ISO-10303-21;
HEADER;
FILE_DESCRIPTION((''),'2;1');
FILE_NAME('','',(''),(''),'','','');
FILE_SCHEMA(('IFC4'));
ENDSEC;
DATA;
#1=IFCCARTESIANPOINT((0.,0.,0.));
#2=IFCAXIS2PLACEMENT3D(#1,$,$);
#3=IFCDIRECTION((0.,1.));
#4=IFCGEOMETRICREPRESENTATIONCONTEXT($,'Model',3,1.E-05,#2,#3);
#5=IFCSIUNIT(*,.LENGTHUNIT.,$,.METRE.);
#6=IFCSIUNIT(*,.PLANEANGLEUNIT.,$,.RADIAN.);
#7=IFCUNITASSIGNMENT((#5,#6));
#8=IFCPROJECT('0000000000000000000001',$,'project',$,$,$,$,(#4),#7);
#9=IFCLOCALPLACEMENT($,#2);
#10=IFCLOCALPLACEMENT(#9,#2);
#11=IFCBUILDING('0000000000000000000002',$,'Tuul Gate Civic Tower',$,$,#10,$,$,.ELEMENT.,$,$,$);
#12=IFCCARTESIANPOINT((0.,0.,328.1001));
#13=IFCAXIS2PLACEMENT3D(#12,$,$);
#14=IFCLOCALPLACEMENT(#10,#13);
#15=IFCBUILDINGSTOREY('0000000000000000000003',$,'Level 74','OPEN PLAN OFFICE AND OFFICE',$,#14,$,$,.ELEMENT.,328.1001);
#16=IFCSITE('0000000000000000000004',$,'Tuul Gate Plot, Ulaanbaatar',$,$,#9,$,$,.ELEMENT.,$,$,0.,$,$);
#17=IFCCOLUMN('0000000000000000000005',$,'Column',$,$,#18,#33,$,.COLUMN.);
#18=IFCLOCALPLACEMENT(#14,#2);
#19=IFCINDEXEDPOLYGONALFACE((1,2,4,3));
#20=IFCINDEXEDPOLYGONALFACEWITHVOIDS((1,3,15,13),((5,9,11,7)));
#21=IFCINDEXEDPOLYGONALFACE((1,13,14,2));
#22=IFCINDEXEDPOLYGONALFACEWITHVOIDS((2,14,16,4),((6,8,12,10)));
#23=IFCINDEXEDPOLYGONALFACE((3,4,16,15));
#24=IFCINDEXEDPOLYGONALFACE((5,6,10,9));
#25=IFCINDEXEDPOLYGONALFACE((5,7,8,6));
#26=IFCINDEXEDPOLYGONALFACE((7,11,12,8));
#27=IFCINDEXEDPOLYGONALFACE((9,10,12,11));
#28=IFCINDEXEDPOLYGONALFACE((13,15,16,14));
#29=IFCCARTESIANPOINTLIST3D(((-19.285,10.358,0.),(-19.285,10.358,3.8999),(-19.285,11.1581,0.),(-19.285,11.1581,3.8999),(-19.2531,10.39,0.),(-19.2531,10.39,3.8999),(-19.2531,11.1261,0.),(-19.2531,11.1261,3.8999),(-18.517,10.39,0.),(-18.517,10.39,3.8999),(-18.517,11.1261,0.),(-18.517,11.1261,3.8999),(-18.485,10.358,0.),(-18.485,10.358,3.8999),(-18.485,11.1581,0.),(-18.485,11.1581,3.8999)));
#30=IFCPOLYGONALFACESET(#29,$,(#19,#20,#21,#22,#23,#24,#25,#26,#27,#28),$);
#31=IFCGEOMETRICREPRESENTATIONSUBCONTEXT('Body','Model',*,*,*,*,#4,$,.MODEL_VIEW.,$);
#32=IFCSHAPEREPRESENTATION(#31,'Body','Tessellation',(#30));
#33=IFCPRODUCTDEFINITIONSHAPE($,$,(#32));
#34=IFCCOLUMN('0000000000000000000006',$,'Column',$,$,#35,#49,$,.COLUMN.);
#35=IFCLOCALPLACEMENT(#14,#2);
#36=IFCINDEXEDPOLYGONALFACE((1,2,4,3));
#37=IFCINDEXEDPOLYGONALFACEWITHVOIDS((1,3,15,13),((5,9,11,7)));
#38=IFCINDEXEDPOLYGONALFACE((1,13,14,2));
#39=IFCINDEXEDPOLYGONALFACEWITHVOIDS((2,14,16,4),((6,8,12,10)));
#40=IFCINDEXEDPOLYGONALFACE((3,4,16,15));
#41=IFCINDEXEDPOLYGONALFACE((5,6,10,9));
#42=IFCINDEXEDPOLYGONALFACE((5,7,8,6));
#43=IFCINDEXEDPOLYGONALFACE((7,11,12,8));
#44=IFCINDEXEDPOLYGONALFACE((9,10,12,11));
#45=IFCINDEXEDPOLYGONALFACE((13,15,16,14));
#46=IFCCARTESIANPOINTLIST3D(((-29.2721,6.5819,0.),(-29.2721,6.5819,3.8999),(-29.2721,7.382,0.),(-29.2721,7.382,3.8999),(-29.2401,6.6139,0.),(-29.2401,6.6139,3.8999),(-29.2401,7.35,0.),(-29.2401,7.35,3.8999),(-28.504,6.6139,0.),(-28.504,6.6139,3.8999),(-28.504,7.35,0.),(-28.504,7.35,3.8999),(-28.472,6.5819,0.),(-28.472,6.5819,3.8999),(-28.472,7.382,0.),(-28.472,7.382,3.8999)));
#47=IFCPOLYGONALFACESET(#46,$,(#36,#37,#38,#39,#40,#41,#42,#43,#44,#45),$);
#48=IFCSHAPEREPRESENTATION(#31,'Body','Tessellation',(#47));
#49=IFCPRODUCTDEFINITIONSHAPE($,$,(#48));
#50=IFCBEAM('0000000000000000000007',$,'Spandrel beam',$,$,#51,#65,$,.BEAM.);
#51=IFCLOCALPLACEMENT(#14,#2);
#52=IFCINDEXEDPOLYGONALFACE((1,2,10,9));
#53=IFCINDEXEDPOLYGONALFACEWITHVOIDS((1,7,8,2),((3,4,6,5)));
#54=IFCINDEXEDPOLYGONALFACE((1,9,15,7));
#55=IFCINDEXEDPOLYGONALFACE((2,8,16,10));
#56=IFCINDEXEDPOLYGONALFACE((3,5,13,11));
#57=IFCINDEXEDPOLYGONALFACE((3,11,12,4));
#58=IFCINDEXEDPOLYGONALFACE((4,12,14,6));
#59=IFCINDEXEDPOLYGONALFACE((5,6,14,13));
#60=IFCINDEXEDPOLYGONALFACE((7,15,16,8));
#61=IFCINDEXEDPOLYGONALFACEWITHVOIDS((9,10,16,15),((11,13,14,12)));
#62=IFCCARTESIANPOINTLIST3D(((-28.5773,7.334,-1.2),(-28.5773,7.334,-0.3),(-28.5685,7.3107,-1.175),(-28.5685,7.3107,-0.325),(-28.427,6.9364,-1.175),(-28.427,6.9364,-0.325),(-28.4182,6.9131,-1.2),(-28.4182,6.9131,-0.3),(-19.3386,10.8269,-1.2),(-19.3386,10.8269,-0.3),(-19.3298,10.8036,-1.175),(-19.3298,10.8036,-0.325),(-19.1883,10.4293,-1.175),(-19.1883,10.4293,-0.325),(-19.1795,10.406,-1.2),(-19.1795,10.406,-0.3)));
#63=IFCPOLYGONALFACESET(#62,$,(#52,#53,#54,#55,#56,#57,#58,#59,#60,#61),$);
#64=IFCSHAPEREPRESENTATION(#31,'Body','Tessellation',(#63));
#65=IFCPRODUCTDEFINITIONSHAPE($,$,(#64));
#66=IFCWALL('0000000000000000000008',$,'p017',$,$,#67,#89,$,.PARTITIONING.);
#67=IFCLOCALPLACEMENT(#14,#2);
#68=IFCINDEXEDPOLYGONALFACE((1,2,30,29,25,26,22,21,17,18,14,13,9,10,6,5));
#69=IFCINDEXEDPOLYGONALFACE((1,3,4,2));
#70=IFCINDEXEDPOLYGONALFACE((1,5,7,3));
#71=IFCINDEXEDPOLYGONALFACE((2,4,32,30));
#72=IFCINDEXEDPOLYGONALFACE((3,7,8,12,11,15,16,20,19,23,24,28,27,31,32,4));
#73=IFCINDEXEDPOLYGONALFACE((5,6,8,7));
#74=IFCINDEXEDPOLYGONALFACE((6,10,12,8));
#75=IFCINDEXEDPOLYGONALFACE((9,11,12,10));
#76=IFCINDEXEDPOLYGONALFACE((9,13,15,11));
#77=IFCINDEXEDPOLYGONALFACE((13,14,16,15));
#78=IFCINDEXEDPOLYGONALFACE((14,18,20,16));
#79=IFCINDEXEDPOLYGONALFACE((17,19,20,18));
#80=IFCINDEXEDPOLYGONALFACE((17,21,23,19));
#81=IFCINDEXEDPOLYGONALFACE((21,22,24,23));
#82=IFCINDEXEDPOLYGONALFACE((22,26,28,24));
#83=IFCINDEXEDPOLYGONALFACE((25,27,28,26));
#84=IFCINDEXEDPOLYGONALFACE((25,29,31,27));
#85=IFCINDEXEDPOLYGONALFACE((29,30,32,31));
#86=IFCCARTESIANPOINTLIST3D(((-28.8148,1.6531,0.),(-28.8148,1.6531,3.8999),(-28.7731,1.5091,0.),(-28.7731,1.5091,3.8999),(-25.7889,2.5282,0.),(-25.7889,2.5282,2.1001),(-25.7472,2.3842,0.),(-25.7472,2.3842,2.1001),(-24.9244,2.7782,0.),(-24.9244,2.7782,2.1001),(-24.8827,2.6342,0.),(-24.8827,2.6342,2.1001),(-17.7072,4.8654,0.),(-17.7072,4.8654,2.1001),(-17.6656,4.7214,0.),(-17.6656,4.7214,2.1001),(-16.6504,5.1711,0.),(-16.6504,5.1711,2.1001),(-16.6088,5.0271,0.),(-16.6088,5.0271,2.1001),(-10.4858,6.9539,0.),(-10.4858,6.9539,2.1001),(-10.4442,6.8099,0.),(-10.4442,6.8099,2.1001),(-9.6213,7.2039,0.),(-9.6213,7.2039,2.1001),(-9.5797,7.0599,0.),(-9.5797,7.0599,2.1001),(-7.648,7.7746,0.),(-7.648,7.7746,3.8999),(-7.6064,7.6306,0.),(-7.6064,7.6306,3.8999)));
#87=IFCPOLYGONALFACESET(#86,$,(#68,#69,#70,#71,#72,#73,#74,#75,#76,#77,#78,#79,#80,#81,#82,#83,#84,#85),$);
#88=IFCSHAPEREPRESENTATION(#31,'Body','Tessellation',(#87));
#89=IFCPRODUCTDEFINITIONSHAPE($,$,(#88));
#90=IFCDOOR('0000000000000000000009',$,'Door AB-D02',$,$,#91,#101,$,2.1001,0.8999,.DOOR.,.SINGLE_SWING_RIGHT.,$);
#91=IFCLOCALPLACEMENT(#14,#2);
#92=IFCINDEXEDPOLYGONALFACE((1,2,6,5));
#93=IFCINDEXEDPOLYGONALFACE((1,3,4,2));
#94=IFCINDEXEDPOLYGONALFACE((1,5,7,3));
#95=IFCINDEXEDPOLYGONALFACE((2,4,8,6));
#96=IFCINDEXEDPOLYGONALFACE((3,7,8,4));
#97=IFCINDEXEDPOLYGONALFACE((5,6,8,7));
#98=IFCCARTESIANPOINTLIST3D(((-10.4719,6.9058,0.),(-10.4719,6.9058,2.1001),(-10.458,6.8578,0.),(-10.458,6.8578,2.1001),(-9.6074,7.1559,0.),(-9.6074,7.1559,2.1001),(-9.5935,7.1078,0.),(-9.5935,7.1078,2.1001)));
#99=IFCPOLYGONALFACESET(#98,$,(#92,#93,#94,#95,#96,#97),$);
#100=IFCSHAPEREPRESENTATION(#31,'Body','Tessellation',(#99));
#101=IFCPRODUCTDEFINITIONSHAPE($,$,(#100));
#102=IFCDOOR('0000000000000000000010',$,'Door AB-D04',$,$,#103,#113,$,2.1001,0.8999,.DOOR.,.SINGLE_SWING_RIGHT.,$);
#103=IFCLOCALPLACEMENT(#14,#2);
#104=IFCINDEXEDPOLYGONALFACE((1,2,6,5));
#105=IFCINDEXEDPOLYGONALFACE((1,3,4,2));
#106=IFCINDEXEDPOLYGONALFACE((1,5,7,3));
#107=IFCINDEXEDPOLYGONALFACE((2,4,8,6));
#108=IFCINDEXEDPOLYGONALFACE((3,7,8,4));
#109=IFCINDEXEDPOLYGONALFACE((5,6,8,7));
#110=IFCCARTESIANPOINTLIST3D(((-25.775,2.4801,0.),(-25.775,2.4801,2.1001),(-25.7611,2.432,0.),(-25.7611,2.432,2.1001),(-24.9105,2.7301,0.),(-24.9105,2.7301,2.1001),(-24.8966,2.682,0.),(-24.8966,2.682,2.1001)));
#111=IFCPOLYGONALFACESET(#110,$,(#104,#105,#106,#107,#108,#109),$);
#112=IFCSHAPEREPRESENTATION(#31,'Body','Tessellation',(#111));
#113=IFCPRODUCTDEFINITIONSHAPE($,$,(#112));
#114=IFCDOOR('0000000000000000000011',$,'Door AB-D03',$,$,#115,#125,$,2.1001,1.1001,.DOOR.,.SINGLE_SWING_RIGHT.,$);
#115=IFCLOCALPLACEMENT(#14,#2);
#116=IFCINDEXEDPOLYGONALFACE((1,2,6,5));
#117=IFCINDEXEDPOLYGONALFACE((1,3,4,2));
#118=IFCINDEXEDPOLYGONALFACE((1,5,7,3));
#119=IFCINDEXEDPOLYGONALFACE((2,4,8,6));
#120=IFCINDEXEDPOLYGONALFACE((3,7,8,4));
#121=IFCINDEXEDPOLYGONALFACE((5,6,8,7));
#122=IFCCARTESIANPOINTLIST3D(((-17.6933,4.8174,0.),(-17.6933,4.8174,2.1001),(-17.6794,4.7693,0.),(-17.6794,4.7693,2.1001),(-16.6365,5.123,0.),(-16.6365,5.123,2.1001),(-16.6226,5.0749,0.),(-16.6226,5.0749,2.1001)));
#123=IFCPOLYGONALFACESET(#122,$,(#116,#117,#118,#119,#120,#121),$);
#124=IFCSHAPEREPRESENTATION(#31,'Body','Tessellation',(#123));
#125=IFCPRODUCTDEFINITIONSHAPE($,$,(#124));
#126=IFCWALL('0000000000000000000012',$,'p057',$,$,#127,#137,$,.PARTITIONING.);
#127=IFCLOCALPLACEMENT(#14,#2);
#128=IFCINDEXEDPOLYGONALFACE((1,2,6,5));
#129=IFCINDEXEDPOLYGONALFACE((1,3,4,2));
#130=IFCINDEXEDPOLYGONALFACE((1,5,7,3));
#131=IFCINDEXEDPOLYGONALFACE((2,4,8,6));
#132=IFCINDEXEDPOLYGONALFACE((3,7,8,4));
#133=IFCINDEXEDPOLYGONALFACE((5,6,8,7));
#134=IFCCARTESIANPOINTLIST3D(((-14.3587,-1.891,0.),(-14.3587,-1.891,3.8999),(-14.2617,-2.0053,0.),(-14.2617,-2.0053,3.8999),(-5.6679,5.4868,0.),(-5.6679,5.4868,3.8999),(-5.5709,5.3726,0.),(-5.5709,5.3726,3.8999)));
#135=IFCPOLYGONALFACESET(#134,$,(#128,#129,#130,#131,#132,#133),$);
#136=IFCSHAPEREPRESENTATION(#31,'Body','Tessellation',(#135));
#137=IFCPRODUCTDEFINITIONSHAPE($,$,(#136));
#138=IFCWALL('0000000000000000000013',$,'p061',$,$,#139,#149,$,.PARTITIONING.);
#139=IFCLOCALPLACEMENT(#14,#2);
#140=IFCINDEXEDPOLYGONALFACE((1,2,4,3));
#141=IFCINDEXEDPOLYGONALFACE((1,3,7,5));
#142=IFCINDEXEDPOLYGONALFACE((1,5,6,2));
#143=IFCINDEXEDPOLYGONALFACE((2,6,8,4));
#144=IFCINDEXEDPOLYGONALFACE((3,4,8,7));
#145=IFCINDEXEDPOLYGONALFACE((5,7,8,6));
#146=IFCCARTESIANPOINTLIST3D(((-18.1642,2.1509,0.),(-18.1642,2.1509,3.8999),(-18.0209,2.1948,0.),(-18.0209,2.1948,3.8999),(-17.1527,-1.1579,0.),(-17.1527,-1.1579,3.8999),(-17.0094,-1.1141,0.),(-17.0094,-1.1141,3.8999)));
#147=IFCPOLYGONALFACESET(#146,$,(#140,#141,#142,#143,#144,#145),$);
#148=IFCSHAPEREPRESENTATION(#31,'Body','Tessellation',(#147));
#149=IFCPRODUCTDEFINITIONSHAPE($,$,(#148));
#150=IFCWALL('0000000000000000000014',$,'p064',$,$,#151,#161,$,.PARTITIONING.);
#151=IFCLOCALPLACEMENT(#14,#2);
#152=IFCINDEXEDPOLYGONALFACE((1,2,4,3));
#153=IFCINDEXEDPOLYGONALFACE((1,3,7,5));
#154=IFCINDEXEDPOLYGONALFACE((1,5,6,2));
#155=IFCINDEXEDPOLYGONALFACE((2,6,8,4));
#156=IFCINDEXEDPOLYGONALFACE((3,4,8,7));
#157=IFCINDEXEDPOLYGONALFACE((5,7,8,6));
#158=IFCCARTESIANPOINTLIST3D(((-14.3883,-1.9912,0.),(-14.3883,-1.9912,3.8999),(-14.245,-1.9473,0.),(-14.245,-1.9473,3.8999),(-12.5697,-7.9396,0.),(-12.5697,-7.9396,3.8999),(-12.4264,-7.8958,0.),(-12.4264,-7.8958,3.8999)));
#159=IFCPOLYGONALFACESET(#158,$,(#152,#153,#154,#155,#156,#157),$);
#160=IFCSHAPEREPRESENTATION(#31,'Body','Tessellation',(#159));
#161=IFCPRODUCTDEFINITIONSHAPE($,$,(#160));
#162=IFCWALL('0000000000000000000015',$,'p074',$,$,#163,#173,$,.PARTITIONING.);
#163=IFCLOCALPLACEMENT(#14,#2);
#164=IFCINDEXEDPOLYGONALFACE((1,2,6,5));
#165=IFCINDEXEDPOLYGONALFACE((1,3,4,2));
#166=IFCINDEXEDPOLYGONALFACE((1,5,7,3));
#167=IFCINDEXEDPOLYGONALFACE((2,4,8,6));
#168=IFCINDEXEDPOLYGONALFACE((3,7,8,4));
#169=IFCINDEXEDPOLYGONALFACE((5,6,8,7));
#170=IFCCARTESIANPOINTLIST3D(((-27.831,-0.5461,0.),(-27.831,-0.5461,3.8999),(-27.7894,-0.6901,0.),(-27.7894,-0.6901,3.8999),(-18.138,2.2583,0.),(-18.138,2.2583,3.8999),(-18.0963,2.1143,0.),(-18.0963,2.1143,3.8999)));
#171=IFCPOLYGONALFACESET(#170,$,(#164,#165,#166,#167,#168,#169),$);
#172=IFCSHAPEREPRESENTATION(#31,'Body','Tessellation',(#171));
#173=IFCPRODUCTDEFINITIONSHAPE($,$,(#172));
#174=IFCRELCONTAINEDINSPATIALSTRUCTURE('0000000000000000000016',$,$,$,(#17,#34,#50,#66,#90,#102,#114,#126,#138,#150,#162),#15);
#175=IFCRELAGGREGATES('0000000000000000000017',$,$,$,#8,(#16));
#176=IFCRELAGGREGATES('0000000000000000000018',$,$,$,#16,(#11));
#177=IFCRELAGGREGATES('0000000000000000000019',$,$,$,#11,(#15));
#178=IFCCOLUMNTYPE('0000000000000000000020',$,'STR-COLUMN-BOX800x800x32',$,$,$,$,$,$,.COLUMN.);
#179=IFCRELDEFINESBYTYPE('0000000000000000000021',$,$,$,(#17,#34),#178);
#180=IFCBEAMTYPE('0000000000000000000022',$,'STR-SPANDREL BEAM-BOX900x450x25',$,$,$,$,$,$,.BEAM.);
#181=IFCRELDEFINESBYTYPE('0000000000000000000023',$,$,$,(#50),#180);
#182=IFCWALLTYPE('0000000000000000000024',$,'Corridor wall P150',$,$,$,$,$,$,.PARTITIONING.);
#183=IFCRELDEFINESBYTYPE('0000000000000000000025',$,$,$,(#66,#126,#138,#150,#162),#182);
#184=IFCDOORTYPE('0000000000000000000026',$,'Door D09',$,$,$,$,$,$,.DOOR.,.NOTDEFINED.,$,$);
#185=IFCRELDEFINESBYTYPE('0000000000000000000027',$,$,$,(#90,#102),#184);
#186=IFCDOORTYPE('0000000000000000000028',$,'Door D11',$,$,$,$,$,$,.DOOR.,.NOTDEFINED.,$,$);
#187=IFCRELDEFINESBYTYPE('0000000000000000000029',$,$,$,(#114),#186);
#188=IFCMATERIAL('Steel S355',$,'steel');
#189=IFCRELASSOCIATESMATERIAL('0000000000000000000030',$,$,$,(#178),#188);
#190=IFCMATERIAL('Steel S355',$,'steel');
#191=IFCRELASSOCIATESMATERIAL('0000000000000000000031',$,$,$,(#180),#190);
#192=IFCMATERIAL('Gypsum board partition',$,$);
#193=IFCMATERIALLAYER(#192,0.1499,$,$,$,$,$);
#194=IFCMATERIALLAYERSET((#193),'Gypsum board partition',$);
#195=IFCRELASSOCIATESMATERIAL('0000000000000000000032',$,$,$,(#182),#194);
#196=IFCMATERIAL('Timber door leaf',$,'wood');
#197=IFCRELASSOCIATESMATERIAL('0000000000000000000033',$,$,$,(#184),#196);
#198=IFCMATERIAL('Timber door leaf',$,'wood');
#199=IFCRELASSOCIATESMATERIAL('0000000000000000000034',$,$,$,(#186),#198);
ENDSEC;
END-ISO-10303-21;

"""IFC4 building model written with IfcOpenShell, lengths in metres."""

from ifc_helpers import new_model, si_unit, direction, frame, frame_2d, origin, origin_2d, place, context, subcontext, project, spatial, rectangle, hollow_rectangle, extrude, material, layer, layer_set, material_profile, profile_set, type_object, element, fill, save


model = new_model("IFC4")

# Units and contexts
model_context = context("Model", 3, precision=1e-05, world=origin(), true_north=direction((0.0, 1.0)))
body_context = subcontext(model_context, "Body", "Model", "MODEL_VIEW")
ifc_project = project(units=[si_unit("LENGTHUNIT", "METRE"), si_unit("PLANEANGLEUNIT", "RADIAN")], contexts=[model_context])

# Site, building, storey
site_placement = place(None, origin())
site = spatial("IfcSite", under=ifc_project, at=site_placement, Name="Tuul Gate Plot, Ulaanbaatar", CompositionType="ELEMENT", RefElevation=0.0)
building_placement = place(site_placement, origin())
building = spatial("IfcBuilding", under=site, at=building_placement, Name="Tuul Gate Civic Tower", CompositionType="ELEMENT")
storey_placement = place(building_placement, frame((0.0, 0.0, 328.1001)))
storey = spatial("IfcBuildingStorey", under=building, at=storey_placement, Name="Level 74", Description="OPEN PLAN OFFICE AND OFFICE", CompositionType="ELEMENT", Elevation=328.1001)

# Columns
ifc_material_1 = material(Name="Steel S355", Category="steel")
ifc_material_profile_1 = material_profile(ifc_material_1, hollow_rectangle(XDim=0.8, YDim=0.8, WallThickness=0.032, at=origin_2d()), Name="BOX800x800x32")
ifc_profile_set_1 = profile_set([ifc_material_profile_1], Name="Steel S355")
column_type = type_object("IfcColumnType", Name="STR-COLUMN-BOX800x800x32", PredefinedType="COLUMN", material=ifc_profile_set_1)
for number, where, z_axis, x_axis, name in (
    (1, (-18.885, 10.7581, 0.0), (0.0, 0.0, 1.0), (1.0, 0.0, 0.0), "Column"),
    (2, (-28.8721, 6.9819, 0.0), (0.0, 0.0, 1.0), (1.0, 0.0, 0.0), "Column"),
):
    element("IfcColumn", number, at=place(storey_placement, frame(where, z_axis=z_axis, x_axis=x_axis)), inside=storey, type_object=column_type, Name=name, PredefinedType="COLUMN", context=body_context, shape_type="SweptSolid", body=[
        extrude(hollow_rectangle(XDim=0.8, YDim=0.8, WallThickness=0.032, at=origin_2d()), origin(), (0.0, 0.0, 1.0), 3.8999),
    ])

# Beam
ifc_material_2 = material(Name="Steel S355", Category="steel")
ifc_material_profile_2 = material_profile(ifc_material_2, hollow_rectangle(XDim=0.45, YDim=0.8999, WallThickness=0.0249, at=origin_2d()), Name="BOX900x450x25")
ifc_profile_set_2 = profile_set([ifc_material_profile_2], Name="Steel S355")
beam_type = type_object("IfcBeamType", Name="STR-SPANDREL BEAM-BOX900x450x25", PredefinedType="BEAM", material=ifc_profile_set_2)
beam_placement = place(storey_placement, frame((-19.259, 10.6165, -0.75), z_axis=(-0.935381, -0.353641, 0.0), x_axis=(0.353641, -0.935381, 0.0)))
element("IfcBeam", 3, at=beam_placement, inside=storey, type_object=beam_type, Name="Spandrel beam", PredefinedType="BEAM", context=body_context, shape_type="SweptSolid", body=[
    extrude(hollow_rectangle(XDim=0.45, YDim=0.8999, WallThickness=0.0249, at=origin_2d()), origin(), (0.0, 0.0, 1.0), 9.877),
])

# Wall, openings, doors
ifc_material_3 = material(Name="Gypsum board partition")
ifc_layer_1 = layer(ifc_material_3, 0.1499)
ifc_layer_set_1 = layer_set([ifc_layer_1], Name="Gypsum board partition")
wall_type_1 = type_object("IfcWallType", Name="Corridor wall P150", PredefinedType="PARTITIONING", material=ifc_layer_set_1)
wall_1_placement = place(storey_placement, frame((-28.7939, 1.5811, 0.0), z_axis=(0.0, 0.0, 1.0), x_axis=(0.960633, 0.277822, 0.0)))
wall_1 = element("IfcWall", 4, at=wall_1_placement, inside=storey, type_object=wall_type_1, Name="p017", PredefinedType="PARTITIONING", context=body_context, shape_type="SweptSolid", body=[
    extrude(rectangle(XDim=22.0342, YDim=0.1499, at=frame_2d((11.0171, 0.0))), origin(), (0.0, 0.0, 1.0), 3.8999),
])
opening_1_placement = place(wall_1_placement, frame((19.0801, 0.0, 0.0)))
opening_1 = element("IfcOpeningElement", 5, at=opening_1_placement, cuts=wall_1, PredefinedType="OPENING", context=body_context, shape_type="SweptSolid", body=[
    extrude(rectangle(XDim=0.8999, YDim=2.1001, at=frame_2d((0.45, 1.05))), frame((0.0, 0.085, 0.0), z_axis=(0.0, -1.0, 0.0), x_axis=(1.0, 0.0, 0.0)), (0.0, 0.0, 1.0), 0.1699),
])
opening_2_placement = place(wall_1_placement, frame((11.5627, 0.0, 0.0)))
opening_2 = element("IfcOpeningElement", 6, at=opening_2_placement, cuts=wall_1, PredefinedType="OPENING", context=body_context, shape_type="SweptSolid", body=[
    extrude(rectangle(XDim=1.1001, YDim=2.1001, at=frame_2d((0.55, 1.05))), frame((0.0, 0.085, 0.0), z_axis=(0.0, -1.0, 0.0), x_axis=(1.0, 0.0, 0.0)), (0.0, 0.0, 1.0), 0.1699),
])
opening_3_placement = place(wall_1_placement, frame((3.1499, 0.0, 0.0)))
opening_3 = element("IfcOpeningElement", 7, at=opening_3_placement, cuts=wall_1, PredefinedType="OPENING", context=body_context, shape_type="SweptSolid", body=[
    extrude(rectangle(XDim=0.8999, YDim=2.1001, at=frame_2d((0.45, 1.05))), frame((0.0, 0.085, 0.0), z_axis=(0.0, -1.0, 0.0), x_axis=(1.0, 0.0, 0.0)), (0.0, 0.0, 1.0), 0.1699),
])
ifc_material_4 = material(Name="Timber door leaf", Category="wood")
door_type_1 = type_object("IfcDoorType", Name="Door D09", OperationType="NOTDEFINED", PredefinedType="DOOR", material=ifc_material_4)
door_1_placement = place(opening_1_placement, origin())
door_1 = element("IfcDoor", 8, at=door_1_placement, inside=storey, type_object=door_type_1, Name="Door AB-D02", OperationType="SINGLE_SWING_RIGHT", OverallHeight=2.1001, OverallWidth=0.8999, PredefinedType="DOOR", context=body_context, shape_type="SweptSolid", body=[
    extrude(rectangle(XDim=0.8999, YDim=2.1001, at=frame_2d((0.45, 1.05))), frame((0.0, 0.0249, 0.0), z_axis=(0.0, -1.0, 0.0), x_axis=(1.0, 0.0, 0.0)), (0.0, 0.0, 1.0), 0.05),
])
fill(opening_1, door_1)
door_2_placement = place(opening_3_placement, origin())
door_2 = element("IfcDoor", 9, at=door_2_placement, inside=storey, type_object=door_type_1, Name="Door AB-D04", OperationType="SINGLE_SWING_RIGHT", OverallHeight=2.1001, OverallWidth=0.8999, PredefinedType="DOOR", context=body_context, shape_type="SweptSolid", body=[
    extrude(rectangle(XDim=0.8999, YDim=2.1001, at=frame_2d((0.45, 1.05))), frame((0.0, 0.0249, 0.0), z_axis=(0.0, -1.0, 0.0), x_axis=(1.0, 0.0, 0.0)), (0.0, 0.0, 1.0), 0.05),
])
fill(opening_3, door_2)
ifc_material_5 = material(Name="Timber door leaf", Category="wood")
door_type_2 = type_object("IfcDoorType", Name="Door D11", OperationType="NOTDEFINED", PredefinedType="DOOR", material=ifc_material_5)
door_3_placement = place(opening_2_placement, origin())
door_3 = element("IfcDoor", 10, at=door_3_placement, inside=storey, type_object=door_type_2, Name="Door AB-D03", OperationType="SINGLE_SWING_RIGHT", OverallHeight=2.1001, OverallWidth=1.1001, PredefinedType="DOOR", context=body_context, shape_type="SweptSolid", body=[
    extrude(rectangle(XDim=1.1001, YDim=2.1001, at=frame_2d((0.55, 1.05))), frame((0.0, 0.0249, 0.0), z_axis=(0.0, -1.0, 0.0), x_axis=(1.0, 0.0, 0.0)), (0.0, 0.0, 1.0), 0.05),
])
fill(opening_2, door_3)

# Walls
wall_2_placement = place(storey_placement, frame((-14.3103, -1.9482, 0.0), z_axis=(0.0, 0.0, 1.0), x_axis=(0.762344, 0.647172, 0.0)))
element("IfcWall", 11, at=wall_2_placement, inside=storey, type_object=wall_type_1, Name="p057", PredefinedType="PARTITIONING", context=body_context, shape_type="SweptSolid", body=[
    extrude(rectangle(XDim=11.4001, YDim=0.1499, at=frame_2d((5.7002, 0.0))), origin(), (0.0, 0.0, 1.0), 3.8999),
])
wall_3_placement = place(storey_placement, frame((-18.0925, 2.1729, 0.0), z_axis=(0.0, 0.0, 1.0), x_axis=(0.292335, -0.956316, 0.0)))
element("IfcWall", 12, at=wall_3_placement, inside=storey, type_object=wall_type_1, Name="p061", PredefinedType="PARTITIONING", context=body_context, shape_type="SweptSolid", body=[
    extrude(rectangle(XDim=3.46, YDim=0.1499, at=frame_2d((1.73, 0.0))), origin(), (0.0, 0.0, 1.0), 3.8999),
])
wall_4_placement = place(storey_placement, frame((-14.3167, -1.9692, 0.0), z_axis=(0.0, 0.0, 1.0), x_axis=(0.292367, -0.956306, 0.0)))
element("IfcWall", 13, at=wall_4_placement, inside=storey, type_object=wall_type_1, Name="p064", PredefinedType="PARTITIONING", context=body_context, shape_type="SweptSolid", body=[
    extrude(rectangle(XDim=6.2202, YDim=0.1499, at=frame_2d((3.1101, 0.0))), origin(), (0.0, 0.0, 1.0), 3.8999),
])
wall_5_placement = place(storey_placement, frame((-27.8103, -0.6182, 0.0), z_axis=(0.0, 0.0, 1.0), x_axis=(0.960603, 0.277925, 0.0)))
element("IfcWall", 14, at=wall_5_placement, inside=storey, type_object=wall_type_1, Name="p074", PredefinedType="PARTITIONING", context=body_context, shape_type="SweptSolid", body=[
    extrude(rectangle(XDim=10.0906, YDim=0.1499, at=frame_2d((5.0454, 0.0))), origin(), (0.0, 0.0, 1.0), 3.8999),
])

save(model, "model.ifc")
